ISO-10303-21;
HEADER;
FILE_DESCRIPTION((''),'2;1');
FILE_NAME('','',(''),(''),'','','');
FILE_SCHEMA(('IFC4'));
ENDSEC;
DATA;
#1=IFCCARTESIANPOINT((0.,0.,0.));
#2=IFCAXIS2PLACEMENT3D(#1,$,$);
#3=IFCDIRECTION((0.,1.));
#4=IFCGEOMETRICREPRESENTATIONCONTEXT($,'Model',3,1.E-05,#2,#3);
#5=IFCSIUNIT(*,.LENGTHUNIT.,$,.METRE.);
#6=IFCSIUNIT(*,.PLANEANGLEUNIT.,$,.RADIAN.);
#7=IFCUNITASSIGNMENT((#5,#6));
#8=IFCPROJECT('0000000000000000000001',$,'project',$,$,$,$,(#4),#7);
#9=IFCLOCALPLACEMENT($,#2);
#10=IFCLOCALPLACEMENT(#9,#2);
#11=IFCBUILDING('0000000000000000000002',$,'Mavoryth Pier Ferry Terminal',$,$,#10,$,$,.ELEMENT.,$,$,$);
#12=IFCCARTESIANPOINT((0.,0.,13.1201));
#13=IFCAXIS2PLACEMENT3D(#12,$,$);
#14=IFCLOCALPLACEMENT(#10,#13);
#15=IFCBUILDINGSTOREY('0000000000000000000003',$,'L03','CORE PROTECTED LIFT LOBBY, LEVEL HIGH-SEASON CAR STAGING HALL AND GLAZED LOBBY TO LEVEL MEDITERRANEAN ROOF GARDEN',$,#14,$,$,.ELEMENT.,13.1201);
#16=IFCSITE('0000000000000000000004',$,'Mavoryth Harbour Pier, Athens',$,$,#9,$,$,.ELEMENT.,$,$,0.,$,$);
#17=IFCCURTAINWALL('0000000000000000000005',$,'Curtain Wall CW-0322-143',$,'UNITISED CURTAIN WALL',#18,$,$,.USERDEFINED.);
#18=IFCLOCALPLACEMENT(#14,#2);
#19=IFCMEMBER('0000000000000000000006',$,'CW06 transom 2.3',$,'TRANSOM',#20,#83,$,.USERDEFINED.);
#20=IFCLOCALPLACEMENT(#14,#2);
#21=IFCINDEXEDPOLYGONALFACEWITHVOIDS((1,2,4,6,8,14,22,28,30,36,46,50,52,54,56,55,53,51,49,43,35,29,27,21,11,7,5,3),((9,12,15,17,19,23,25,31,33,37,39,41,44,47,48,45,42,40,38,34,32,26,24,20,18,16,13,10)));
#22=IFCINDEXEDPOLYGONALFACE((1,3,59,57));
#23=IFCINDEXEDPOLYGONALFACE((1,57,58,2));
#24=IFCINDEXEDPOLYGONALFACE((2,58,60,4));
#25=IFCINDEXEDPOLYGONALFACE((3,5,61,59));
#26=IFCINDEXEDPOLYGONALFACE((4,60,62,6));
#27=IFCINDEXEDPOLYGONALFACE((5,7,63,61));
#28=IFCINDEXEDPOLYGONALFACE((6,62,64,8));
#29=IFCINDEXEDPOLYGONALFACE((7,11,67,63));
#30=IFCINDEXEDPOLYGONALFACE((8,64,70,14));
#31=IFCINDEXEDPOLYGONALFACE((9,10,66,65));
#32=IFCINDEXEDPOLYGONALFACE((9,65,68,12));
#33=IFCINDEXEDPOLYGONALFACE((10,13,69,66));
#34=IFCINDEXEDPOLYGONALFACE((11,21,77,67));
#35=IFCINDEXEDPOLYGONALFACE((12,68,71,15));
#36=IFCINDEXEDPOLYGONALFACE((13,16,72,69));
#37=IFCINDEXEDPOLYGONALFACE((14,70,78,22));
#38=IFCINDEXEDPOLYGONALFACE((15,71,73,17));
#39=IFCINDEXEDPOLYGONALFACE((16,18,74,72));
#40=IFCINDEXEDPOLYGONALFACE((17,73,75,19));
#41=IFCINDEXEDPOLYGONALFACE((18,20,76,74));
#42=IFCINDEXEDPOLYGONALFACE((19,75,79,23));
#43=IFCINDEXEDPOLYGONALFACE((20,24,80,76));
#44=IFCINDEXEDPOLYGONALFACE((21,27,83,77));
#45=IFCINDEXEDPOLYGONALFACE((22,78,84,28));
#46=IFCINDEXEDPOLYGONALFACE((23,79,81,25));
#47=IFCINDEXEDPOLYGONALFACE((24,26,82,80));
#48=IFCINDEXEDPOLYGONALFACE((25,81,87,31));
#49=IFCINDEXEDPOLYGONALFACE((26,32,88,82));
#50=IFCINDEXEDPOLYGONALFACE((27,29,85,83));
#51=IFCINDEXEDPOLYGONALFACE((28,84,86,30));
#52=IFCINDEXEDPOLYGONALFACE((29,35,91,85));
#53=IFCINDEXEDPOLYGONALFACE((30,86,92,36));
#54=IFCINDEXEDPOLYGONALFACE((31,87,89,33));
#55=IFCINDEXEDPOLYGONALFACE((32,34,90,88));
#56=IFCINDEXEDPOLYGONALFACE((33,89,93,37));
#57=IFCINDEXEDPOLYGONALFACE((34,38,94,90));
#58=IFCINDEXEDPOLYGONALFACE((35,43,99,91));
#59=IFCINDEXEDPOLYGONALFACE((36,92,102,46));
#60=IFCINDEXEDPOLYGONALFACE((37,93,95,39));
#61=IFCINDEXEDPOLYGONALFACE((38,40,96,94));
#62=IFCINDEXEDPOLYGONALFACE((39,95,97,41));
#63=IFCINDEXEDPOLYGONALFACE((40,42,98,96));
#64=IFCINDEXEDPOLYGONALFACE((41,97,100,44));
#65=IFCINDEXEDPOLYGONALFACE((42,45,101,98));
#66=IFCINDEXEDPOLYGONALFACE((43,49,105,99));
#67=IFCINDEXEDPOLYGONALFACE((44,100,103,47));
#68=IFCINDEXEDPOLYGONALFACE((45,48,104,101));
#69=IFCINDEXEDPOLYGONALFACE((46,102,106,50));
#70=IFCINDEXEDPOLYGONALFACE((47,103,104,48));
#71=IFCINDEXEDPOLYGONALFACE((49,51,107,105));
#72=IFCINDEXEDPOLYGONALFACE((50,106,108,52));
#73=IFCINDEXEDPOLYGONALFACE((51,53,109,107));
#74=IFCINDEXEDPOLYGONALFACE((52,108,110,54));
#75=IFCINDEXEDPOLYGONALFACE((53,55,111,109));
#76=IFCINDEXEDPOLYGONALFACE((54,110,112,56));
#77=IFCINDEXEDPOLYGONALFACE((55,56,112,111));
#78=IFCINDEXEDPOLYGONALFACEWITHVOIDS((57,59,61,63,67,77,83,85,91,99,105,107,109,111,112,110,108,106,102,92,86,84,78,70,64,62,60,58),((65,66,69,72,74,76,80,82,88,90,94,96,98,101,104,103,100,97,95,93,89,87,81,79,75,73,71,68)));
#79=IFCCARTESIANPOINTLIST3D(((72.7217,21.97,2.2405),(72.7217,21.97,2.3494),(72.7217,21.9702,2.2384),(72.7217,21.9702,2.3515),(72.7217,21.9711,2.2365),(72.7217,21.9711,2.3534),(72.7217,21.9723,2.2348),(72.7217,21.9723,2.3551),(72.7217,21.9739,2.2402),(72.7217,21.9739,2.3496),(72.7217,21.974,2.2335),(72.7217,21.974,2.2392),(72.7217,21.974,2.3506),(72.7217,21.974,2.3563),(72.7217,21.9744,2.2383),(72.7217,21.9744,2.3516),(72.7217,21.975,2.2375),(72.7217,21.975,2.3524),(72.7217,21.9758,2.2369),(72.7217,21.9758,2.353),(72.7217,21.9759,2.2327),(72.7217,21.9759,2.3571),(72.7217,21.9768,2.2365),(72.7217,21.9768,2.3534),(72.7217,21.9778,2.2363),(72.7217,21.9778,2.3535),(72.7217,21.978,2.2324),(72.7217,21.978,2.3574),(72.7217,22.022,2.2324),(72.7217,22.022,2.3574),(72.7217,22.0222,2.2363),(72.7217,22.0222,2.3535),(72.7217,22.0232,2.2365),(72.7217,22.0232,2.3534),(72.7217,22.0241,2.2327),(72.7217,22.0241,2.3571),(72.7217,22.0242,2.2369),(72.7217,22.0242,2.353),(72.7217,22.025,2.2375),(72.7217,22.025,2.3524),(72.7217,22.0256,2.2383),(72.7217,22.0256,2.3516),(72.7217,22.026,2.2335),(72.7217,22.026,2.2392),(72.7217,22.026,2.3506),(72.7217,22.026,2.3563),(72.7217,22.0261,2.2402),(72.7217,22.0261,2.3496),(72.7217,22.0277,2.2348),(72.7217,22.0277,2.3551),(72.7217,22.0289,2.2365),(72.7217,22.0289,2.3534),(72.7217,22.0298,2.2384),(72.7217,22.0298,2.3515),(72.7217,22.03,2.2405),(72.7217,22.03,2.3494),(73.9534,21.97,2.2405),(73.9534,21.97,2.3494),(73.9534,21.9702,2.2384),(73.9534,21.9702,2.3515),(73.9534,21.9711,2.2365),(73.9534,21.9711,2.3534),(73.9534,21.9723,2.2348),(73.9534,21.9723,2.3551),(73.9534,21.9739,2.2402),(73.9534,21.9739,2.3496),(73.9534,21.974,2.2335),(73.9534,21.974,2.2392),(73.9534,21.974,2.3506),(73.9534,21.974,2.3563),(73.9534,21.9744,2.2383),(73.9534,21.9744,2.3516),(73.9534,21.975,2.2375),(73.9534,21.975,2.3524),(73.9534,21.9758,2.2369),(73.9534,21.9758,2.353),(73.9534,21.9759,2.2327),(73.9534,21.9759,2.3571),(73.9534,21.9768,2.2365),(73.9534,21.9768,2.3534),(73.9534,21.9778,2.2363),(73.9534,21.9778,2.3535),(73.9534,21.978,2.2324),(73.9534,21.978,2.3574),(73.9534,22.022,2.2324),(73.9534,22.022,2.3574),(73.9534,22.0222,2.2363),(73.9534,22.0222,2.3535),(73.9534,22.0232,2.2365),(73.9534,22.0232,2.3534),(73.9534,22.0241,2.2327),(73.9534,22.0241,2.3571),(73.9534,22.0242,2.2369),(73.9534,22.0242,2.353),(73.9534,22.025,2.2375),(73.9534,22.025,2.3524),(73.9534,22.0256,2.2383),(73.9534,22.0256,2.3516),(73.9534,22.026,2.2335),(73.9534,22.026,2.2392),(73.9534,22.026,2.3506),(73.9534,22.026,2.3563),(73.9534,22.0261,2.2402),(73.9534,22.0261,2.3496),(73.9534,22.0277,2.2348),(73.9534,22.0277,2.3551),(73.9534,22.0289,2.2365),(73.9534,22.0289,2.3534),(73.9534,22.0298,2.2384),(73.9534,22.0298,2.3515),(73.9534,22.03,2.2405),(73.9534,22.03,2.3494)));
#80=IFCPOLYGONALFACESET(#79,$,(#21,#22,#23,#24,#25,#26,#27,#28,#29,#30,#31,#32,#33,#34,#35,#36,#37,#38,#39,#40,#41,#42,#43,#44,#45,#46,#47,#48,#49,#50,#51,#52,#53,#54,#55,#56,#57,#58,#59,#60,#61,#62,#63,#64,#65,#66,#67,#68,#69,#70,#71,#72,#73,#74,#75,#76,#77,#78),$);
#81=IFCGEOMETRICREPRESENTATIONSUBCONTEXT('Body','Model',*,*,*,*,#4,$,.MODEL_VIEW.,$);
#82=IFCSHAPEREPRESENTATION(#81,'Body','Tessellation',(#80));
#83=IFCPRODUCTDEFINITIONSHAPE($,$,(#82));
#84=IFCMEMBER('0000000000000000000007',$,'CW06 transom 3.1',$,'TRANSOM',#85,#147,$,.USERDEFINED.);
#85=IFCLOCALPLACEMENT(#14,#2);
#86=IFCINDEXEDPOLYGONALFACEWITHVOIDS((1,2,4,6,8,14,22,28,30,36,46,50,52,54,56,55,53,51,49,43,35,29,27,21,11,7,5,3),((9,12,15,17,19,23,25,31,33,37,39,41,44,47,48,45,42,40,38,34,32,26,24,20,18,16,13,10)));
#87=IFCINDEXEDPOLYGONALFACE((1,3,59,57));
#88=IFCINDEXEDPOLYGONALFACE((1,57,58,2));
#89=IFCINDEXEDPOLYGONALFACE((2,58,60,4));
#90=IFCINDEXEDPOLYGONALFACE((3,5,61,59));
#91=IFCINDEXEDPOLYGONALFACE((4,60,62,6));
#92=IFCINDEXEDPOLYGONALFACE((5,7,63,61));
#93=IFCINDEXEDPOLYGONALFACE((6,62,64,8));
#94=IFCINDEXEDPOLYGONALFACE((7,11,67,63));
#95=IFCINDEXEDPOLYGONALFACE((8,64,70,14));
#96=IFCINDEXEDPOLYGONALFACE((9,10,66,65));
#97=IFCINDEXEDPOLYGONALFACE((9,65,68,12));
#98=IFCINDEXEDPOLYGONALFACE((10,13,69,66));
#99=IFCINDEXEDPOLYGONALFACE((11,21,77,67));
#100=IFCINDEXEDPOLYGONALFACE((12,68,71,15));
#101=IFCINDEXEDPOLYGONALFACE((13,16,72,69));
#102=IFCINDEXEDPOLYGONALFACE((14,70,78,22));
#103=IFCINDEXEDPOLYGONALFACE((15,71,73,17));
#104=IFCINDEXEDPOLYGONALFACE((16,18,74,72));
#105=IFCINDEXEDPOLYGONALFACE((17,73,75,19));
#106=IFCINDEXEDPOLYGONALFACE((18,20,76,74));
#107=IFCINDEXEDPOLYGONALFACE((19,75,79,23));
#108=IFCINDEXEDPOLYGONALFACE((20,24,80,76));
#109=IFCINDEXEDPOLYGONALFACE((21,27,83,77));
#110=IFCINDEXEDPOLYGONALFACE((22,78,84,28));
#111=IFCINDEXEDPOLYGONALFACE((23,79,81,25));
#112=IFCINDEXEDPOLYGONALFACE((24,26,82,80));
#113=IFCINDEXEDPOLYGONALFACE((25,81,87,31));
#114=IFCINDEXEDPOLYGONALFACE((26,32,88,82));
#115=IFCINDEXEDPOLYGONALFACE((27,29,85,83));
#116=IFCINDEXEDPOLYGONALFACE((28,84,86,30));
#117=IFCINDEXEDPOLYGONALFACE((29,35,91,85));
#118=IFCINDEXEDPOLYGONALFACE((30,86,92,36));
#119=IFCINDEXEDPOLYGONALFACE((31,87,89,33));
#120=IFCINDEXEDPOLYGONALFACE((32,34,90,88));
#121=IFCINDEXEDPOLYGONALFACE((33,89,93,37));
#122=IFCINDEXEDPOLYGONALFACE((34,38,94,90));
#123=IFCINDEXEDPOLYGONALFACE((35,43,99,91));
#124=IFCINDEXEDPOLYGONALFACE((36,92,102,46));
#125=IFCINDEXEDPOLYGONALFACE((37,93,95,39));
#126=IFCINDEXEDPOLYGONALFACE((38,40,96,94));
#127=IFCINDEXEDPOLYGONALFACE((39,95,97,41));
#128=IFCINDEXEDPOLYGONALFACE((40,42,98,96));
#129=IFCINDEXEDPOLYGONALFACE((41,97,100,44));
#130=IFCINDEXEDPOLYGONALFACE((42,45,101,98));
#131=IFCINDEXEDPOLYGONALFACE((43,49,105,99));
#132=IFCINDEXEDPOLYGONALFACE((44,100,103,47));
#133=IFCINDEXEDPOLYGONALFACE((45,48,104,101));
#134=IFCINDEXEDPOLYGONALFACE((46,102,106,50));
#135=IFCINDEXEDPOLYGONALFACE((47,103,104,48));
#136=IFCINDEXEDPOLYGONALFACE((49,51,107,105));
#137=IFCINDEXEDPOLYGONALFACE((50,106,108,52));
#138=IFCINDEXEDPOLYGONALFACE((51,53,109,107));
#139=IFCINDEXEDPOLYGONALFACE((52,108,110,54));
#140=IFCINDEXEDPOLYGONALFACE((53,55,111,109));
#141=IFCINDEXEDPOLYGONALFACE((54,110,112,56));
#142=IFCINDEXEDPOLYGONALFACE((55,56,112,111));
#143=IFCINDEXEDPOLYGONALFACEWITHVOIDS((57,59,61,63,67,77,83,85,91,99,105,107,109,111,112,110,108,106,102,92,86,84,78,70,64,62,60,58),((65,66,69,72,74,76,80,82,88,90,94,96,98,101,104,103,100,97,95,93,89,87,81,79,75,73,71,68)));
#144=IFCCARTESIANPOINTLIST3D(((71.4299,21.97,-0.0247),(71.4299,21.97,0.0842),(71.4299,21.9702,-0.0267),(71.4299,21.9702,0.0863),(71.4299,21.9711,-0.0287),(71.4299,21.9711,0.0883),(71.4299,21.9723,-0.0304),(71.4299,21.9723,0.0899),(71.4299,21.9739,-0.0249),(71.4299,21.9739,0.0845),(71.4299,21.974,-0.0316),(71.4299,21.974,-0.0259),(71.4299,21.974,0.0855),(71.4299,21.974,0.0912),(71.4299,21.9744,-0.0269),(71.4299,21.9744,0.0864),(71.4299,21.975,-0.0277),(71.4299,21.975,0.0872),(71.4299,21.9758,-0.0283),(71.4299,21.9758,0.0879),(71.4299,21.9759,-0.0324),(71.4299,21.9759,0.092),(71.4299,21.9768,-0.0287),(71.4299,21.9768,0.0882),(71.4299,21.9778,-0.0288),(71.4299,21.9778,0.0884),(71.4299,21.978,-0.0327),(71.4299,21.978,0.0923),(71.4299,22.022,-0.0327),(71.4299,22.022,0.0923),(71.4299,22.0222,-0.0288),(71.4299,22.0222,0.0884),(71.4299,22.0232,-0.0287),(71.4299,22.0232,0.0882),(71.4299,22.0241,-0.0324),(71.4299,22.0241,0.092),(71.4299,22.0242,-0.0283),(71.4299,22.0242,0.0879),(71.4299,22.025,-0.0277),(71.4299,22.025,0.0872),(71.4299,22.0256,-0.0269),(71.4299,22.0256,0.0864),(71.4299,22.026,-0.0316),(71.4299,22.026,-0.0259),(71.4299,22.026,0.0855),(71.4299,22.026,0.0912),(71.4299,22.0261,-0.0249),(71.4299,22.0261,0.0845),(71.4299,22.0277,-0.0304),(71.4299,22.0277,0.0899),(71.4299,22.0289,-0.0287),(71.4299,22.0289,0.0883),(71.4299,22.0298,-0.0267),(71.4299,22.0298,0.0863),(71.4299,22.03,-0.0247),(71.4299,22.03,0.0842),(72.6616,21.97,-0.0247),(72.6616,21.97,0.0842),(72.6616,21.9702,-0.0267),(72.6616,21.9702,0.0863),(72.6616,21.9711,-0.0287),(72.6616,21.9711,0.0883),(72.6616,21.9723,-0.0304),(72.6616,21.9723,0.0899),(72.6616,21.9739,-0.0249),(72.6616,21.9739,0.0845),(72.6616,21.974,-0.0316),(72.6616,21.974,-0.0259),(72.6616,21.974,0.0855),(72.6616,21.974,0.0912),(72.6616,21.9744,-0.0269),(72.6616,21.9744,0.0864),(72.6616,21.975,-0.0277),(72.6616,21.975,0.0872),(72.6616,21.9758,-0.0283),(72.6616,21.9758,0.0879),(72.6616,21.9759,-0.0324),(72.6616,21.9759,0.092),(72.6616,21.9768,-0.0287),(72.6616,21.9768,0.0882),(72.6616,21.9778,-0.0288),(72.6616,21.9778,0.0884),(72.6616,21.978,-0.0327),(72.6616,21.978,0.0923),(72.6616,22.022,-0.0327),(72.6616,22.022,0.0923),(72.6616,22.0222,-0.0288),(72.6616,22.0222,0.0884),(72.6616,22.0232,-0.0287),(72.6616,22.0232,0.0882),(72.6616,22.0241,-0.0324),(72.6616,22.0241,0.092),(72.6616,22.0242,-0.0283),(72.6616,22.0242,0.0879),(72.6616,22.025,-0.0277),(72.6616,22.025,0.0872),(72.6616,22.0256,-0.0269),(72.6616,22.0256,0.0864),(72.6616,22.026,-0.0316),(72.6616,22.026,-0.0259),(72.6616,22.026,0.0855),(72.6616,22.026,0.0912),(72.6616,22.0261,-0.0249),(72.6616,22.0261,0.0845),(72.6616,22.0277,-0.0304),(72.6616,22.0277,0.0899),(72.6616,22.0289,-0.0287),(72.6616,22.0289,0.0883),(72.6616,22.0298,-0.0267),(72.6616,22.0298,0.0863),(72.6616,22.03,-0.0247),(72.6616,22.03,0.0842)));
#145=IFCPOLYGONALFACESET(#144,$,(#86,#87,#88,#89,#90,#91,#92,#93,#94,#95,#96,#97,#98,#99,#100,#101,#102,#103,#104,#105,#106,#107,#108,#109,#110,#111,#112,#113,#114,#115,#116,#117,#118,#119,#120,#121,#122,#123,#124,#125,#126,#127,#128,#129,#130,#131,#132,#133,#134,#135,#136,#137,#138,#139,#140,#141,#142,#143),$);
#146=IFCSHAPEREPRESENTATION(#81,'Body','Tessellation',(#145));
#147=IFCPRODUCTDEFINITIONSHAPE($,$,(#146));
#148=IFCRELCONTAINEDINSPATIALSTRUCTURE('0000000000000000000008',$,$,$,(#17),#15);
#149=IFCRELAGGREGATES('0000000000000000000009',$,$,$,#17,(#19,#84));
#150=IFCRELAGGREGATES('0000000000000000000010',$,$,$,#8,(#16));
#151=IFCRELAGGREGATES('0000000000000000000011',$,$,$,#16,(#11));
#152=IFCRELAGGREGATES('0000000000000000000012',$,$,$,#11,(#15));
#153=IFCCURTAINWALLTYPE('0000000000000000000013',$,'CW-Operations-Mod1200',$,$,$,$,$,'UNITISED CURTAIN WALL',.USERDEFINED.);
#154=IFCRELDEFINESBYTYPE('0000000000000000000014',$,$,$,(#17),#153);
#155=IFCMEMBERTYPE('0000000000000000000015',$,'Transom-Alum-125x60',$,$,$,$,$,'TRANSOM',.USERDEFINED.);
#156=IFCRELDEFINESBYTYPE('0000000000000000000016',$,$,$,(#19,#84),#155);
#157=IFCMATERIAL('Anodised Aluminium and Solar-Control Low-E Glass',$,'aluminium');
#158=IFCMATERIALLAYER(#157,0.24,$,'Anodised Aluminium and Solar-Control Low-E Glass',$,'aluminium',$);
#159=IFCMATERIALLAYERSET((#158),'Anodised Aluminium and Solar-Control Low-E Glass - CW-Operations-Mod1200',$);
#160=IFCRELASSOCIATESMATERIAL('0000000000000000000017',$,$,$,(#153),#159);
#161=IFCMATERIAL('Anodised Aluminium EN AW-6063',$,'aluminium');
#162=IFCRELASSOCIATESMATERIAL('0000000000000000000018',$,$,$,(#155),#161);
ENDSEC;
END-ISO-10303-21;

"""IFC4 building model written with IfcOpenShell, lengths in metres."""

from ifc_helpers import new_model, si_unit, direction, frame, origin, origin_2d, place, context, subcontext, project, spatial, hollow_rectangle, extrude, material, layer, layer_set, material_profile, profile_set, type_object, element, aggregate, save


model = new_model("IFC4")

# Units and contexts
model_context = context("Model", 3, precision=1e-05, world=origin(), true_north=direction((0.0, 1.0)))
body_context = subcontext(model_context, "Body", "Model", "MODEL_VIEW")
ifc_project = project(units=[si_unit("LENGTHUNIT", "METRE"), si_unit("PLANEANGLEUNIT", "RADIAN")], contexts=[model_context])

# Site, building, storey
site_placement = place(None, origin())
site = spatial("IfcSite", under=ifc_project, at=site_placement, Name="Mavoryth Harbour Pier, Athens", CompositionType="ELEMENT", RefElevation=0.0)
building_placement = place(site_placement, origin())
building = spatial("IfcBuilding", under=site, at=building_placement, Name="Mavoryth Pier Ferry Terminal", CompositionType="ELEMENT")
storey_placement = place(building_placement, frame((0.0, 0.0, 13.1201)))
storey = spatial("IfcBuildingStorey", under=building, at=storey_placement, Name="L03", Description="CORE PROTECTED LIFT LOBBY, LEVEL HIGH-SEASON CAR STAGING HALL AND GLAZED LOBBY TO LEVEL MEDITERRANEAN ROOF GARDEN", CompositionType="ELEMENT", Elevation=13.1201)

# Curtain wall, members
ifc_material_1 = material(Name="Anodised Aluminium and Solar-Control Low-E Glass", Category="aluminium")
ifc_layer_1 = layer(ifc_material_1, 0.24, Name="Anodised Aluminium and Solar-Control Low-E Glass", Category="aluminium")
ifc_layer_set_1 = layer_set([ifc_layer_1], Name="Anodised Aluminium and Solar-Control Low-E Glass - CW-Operations-Mod1200")
curtain_wall_type = type_object("IfcCurtainWallType", Name="CW-Operations-Mod1200", ElementType="UNITISED CURTAIN WALL", PredefinedType="USERDEFINED", material=ifc_layer_set_1)
curtain_wall_placement = place(storey_placement, origin())
curtain_wall = element("IfcCurtainWall", 1, at=curtain_wall_placement, inside=storey, type_object=curtain_wall_type, Name="Curtain Wall CW-0322-143", ObjectType="UNITISED CURTAIN WALL", PredefinedType="USERDEFINED")
ifc_material_2 = material(Name="Anodised Aluminium EN AW-6063", Category="aluminium")
ifc_material_profile_1 = material_profile(ifc_material_2, hollow_rectangle(XDim=0.0601, YDim=0.125, WallThickness=0.0039, InnerFilletRadius=0.0039, OuterFilletRadius=0.0081, at=origin_2d()), Name="AL-TRAN 125x60x4", Category="aluminium")
ifc_profile_set_1 = profile_set([ifc_material_profile_1], Name="Anodised Aluminium EN AW-6063 - AL-TRAN 125x60x4")
member_type_1 = type_object("IfcMemberType", Name="Transom-Alum-125x60", ElementType="TRANSOM", PredefinedType="USERDEFINED", material=ifc_profile_set_1)
member_1_placement = place(storey_placement, frame((73.9534, 22.0, 2.2949), z_axis=(-1.0, 0.0, 0.0), x_axis=(0.0, -1.0, 0.0)))
member_1 = element("IfcMember", 2, at=member_1_placement, type_object=member_type_1, Name="CW06 transom 2.3", ObjectType="TRANSOM", PredefinedType="USERDEFINED", context=body_context, shape_type="SweptSolid", body=[
    extrude(hollow_rectangle(XDim=0.0601, YDim=0.125, WallThickness=0.0039, InnerFilletRadius=0.0039, OuterFilletRadius=0.0081, at=origin_2d()), origin(), (0.0, 0.0, 1.0), 1.2317),
])
member_2_placement = place(storey_placement, frame((72.6616, 22.0, 0.0298), z_axis=(-1.0, 0.0, 0.0), x_axis=(0.0, -1.0, 0.0)))
member_2 = element("IfcMember", 3, at=member_2_placement, type_object=member_type_1, Name="CW06 transom 3.1", ObjectType="TRANSOM", PredefinedType="USERDEFINED", context=body_context, shape_type="SweptSolid", body=[
    extrude(hollow_rectangle(XDim=0.0601, YDim=0.125, WallThickness=0.0039, InnerFilletRadius=0.0039, OuterFilletRadius=0.0081, at=origin_2d()), origin(), (0.0, 0.0, 1.0), 1.2317),
])
aggregate(curtain_wall, [member_1, member_2])

save(model, "model.ifc")
